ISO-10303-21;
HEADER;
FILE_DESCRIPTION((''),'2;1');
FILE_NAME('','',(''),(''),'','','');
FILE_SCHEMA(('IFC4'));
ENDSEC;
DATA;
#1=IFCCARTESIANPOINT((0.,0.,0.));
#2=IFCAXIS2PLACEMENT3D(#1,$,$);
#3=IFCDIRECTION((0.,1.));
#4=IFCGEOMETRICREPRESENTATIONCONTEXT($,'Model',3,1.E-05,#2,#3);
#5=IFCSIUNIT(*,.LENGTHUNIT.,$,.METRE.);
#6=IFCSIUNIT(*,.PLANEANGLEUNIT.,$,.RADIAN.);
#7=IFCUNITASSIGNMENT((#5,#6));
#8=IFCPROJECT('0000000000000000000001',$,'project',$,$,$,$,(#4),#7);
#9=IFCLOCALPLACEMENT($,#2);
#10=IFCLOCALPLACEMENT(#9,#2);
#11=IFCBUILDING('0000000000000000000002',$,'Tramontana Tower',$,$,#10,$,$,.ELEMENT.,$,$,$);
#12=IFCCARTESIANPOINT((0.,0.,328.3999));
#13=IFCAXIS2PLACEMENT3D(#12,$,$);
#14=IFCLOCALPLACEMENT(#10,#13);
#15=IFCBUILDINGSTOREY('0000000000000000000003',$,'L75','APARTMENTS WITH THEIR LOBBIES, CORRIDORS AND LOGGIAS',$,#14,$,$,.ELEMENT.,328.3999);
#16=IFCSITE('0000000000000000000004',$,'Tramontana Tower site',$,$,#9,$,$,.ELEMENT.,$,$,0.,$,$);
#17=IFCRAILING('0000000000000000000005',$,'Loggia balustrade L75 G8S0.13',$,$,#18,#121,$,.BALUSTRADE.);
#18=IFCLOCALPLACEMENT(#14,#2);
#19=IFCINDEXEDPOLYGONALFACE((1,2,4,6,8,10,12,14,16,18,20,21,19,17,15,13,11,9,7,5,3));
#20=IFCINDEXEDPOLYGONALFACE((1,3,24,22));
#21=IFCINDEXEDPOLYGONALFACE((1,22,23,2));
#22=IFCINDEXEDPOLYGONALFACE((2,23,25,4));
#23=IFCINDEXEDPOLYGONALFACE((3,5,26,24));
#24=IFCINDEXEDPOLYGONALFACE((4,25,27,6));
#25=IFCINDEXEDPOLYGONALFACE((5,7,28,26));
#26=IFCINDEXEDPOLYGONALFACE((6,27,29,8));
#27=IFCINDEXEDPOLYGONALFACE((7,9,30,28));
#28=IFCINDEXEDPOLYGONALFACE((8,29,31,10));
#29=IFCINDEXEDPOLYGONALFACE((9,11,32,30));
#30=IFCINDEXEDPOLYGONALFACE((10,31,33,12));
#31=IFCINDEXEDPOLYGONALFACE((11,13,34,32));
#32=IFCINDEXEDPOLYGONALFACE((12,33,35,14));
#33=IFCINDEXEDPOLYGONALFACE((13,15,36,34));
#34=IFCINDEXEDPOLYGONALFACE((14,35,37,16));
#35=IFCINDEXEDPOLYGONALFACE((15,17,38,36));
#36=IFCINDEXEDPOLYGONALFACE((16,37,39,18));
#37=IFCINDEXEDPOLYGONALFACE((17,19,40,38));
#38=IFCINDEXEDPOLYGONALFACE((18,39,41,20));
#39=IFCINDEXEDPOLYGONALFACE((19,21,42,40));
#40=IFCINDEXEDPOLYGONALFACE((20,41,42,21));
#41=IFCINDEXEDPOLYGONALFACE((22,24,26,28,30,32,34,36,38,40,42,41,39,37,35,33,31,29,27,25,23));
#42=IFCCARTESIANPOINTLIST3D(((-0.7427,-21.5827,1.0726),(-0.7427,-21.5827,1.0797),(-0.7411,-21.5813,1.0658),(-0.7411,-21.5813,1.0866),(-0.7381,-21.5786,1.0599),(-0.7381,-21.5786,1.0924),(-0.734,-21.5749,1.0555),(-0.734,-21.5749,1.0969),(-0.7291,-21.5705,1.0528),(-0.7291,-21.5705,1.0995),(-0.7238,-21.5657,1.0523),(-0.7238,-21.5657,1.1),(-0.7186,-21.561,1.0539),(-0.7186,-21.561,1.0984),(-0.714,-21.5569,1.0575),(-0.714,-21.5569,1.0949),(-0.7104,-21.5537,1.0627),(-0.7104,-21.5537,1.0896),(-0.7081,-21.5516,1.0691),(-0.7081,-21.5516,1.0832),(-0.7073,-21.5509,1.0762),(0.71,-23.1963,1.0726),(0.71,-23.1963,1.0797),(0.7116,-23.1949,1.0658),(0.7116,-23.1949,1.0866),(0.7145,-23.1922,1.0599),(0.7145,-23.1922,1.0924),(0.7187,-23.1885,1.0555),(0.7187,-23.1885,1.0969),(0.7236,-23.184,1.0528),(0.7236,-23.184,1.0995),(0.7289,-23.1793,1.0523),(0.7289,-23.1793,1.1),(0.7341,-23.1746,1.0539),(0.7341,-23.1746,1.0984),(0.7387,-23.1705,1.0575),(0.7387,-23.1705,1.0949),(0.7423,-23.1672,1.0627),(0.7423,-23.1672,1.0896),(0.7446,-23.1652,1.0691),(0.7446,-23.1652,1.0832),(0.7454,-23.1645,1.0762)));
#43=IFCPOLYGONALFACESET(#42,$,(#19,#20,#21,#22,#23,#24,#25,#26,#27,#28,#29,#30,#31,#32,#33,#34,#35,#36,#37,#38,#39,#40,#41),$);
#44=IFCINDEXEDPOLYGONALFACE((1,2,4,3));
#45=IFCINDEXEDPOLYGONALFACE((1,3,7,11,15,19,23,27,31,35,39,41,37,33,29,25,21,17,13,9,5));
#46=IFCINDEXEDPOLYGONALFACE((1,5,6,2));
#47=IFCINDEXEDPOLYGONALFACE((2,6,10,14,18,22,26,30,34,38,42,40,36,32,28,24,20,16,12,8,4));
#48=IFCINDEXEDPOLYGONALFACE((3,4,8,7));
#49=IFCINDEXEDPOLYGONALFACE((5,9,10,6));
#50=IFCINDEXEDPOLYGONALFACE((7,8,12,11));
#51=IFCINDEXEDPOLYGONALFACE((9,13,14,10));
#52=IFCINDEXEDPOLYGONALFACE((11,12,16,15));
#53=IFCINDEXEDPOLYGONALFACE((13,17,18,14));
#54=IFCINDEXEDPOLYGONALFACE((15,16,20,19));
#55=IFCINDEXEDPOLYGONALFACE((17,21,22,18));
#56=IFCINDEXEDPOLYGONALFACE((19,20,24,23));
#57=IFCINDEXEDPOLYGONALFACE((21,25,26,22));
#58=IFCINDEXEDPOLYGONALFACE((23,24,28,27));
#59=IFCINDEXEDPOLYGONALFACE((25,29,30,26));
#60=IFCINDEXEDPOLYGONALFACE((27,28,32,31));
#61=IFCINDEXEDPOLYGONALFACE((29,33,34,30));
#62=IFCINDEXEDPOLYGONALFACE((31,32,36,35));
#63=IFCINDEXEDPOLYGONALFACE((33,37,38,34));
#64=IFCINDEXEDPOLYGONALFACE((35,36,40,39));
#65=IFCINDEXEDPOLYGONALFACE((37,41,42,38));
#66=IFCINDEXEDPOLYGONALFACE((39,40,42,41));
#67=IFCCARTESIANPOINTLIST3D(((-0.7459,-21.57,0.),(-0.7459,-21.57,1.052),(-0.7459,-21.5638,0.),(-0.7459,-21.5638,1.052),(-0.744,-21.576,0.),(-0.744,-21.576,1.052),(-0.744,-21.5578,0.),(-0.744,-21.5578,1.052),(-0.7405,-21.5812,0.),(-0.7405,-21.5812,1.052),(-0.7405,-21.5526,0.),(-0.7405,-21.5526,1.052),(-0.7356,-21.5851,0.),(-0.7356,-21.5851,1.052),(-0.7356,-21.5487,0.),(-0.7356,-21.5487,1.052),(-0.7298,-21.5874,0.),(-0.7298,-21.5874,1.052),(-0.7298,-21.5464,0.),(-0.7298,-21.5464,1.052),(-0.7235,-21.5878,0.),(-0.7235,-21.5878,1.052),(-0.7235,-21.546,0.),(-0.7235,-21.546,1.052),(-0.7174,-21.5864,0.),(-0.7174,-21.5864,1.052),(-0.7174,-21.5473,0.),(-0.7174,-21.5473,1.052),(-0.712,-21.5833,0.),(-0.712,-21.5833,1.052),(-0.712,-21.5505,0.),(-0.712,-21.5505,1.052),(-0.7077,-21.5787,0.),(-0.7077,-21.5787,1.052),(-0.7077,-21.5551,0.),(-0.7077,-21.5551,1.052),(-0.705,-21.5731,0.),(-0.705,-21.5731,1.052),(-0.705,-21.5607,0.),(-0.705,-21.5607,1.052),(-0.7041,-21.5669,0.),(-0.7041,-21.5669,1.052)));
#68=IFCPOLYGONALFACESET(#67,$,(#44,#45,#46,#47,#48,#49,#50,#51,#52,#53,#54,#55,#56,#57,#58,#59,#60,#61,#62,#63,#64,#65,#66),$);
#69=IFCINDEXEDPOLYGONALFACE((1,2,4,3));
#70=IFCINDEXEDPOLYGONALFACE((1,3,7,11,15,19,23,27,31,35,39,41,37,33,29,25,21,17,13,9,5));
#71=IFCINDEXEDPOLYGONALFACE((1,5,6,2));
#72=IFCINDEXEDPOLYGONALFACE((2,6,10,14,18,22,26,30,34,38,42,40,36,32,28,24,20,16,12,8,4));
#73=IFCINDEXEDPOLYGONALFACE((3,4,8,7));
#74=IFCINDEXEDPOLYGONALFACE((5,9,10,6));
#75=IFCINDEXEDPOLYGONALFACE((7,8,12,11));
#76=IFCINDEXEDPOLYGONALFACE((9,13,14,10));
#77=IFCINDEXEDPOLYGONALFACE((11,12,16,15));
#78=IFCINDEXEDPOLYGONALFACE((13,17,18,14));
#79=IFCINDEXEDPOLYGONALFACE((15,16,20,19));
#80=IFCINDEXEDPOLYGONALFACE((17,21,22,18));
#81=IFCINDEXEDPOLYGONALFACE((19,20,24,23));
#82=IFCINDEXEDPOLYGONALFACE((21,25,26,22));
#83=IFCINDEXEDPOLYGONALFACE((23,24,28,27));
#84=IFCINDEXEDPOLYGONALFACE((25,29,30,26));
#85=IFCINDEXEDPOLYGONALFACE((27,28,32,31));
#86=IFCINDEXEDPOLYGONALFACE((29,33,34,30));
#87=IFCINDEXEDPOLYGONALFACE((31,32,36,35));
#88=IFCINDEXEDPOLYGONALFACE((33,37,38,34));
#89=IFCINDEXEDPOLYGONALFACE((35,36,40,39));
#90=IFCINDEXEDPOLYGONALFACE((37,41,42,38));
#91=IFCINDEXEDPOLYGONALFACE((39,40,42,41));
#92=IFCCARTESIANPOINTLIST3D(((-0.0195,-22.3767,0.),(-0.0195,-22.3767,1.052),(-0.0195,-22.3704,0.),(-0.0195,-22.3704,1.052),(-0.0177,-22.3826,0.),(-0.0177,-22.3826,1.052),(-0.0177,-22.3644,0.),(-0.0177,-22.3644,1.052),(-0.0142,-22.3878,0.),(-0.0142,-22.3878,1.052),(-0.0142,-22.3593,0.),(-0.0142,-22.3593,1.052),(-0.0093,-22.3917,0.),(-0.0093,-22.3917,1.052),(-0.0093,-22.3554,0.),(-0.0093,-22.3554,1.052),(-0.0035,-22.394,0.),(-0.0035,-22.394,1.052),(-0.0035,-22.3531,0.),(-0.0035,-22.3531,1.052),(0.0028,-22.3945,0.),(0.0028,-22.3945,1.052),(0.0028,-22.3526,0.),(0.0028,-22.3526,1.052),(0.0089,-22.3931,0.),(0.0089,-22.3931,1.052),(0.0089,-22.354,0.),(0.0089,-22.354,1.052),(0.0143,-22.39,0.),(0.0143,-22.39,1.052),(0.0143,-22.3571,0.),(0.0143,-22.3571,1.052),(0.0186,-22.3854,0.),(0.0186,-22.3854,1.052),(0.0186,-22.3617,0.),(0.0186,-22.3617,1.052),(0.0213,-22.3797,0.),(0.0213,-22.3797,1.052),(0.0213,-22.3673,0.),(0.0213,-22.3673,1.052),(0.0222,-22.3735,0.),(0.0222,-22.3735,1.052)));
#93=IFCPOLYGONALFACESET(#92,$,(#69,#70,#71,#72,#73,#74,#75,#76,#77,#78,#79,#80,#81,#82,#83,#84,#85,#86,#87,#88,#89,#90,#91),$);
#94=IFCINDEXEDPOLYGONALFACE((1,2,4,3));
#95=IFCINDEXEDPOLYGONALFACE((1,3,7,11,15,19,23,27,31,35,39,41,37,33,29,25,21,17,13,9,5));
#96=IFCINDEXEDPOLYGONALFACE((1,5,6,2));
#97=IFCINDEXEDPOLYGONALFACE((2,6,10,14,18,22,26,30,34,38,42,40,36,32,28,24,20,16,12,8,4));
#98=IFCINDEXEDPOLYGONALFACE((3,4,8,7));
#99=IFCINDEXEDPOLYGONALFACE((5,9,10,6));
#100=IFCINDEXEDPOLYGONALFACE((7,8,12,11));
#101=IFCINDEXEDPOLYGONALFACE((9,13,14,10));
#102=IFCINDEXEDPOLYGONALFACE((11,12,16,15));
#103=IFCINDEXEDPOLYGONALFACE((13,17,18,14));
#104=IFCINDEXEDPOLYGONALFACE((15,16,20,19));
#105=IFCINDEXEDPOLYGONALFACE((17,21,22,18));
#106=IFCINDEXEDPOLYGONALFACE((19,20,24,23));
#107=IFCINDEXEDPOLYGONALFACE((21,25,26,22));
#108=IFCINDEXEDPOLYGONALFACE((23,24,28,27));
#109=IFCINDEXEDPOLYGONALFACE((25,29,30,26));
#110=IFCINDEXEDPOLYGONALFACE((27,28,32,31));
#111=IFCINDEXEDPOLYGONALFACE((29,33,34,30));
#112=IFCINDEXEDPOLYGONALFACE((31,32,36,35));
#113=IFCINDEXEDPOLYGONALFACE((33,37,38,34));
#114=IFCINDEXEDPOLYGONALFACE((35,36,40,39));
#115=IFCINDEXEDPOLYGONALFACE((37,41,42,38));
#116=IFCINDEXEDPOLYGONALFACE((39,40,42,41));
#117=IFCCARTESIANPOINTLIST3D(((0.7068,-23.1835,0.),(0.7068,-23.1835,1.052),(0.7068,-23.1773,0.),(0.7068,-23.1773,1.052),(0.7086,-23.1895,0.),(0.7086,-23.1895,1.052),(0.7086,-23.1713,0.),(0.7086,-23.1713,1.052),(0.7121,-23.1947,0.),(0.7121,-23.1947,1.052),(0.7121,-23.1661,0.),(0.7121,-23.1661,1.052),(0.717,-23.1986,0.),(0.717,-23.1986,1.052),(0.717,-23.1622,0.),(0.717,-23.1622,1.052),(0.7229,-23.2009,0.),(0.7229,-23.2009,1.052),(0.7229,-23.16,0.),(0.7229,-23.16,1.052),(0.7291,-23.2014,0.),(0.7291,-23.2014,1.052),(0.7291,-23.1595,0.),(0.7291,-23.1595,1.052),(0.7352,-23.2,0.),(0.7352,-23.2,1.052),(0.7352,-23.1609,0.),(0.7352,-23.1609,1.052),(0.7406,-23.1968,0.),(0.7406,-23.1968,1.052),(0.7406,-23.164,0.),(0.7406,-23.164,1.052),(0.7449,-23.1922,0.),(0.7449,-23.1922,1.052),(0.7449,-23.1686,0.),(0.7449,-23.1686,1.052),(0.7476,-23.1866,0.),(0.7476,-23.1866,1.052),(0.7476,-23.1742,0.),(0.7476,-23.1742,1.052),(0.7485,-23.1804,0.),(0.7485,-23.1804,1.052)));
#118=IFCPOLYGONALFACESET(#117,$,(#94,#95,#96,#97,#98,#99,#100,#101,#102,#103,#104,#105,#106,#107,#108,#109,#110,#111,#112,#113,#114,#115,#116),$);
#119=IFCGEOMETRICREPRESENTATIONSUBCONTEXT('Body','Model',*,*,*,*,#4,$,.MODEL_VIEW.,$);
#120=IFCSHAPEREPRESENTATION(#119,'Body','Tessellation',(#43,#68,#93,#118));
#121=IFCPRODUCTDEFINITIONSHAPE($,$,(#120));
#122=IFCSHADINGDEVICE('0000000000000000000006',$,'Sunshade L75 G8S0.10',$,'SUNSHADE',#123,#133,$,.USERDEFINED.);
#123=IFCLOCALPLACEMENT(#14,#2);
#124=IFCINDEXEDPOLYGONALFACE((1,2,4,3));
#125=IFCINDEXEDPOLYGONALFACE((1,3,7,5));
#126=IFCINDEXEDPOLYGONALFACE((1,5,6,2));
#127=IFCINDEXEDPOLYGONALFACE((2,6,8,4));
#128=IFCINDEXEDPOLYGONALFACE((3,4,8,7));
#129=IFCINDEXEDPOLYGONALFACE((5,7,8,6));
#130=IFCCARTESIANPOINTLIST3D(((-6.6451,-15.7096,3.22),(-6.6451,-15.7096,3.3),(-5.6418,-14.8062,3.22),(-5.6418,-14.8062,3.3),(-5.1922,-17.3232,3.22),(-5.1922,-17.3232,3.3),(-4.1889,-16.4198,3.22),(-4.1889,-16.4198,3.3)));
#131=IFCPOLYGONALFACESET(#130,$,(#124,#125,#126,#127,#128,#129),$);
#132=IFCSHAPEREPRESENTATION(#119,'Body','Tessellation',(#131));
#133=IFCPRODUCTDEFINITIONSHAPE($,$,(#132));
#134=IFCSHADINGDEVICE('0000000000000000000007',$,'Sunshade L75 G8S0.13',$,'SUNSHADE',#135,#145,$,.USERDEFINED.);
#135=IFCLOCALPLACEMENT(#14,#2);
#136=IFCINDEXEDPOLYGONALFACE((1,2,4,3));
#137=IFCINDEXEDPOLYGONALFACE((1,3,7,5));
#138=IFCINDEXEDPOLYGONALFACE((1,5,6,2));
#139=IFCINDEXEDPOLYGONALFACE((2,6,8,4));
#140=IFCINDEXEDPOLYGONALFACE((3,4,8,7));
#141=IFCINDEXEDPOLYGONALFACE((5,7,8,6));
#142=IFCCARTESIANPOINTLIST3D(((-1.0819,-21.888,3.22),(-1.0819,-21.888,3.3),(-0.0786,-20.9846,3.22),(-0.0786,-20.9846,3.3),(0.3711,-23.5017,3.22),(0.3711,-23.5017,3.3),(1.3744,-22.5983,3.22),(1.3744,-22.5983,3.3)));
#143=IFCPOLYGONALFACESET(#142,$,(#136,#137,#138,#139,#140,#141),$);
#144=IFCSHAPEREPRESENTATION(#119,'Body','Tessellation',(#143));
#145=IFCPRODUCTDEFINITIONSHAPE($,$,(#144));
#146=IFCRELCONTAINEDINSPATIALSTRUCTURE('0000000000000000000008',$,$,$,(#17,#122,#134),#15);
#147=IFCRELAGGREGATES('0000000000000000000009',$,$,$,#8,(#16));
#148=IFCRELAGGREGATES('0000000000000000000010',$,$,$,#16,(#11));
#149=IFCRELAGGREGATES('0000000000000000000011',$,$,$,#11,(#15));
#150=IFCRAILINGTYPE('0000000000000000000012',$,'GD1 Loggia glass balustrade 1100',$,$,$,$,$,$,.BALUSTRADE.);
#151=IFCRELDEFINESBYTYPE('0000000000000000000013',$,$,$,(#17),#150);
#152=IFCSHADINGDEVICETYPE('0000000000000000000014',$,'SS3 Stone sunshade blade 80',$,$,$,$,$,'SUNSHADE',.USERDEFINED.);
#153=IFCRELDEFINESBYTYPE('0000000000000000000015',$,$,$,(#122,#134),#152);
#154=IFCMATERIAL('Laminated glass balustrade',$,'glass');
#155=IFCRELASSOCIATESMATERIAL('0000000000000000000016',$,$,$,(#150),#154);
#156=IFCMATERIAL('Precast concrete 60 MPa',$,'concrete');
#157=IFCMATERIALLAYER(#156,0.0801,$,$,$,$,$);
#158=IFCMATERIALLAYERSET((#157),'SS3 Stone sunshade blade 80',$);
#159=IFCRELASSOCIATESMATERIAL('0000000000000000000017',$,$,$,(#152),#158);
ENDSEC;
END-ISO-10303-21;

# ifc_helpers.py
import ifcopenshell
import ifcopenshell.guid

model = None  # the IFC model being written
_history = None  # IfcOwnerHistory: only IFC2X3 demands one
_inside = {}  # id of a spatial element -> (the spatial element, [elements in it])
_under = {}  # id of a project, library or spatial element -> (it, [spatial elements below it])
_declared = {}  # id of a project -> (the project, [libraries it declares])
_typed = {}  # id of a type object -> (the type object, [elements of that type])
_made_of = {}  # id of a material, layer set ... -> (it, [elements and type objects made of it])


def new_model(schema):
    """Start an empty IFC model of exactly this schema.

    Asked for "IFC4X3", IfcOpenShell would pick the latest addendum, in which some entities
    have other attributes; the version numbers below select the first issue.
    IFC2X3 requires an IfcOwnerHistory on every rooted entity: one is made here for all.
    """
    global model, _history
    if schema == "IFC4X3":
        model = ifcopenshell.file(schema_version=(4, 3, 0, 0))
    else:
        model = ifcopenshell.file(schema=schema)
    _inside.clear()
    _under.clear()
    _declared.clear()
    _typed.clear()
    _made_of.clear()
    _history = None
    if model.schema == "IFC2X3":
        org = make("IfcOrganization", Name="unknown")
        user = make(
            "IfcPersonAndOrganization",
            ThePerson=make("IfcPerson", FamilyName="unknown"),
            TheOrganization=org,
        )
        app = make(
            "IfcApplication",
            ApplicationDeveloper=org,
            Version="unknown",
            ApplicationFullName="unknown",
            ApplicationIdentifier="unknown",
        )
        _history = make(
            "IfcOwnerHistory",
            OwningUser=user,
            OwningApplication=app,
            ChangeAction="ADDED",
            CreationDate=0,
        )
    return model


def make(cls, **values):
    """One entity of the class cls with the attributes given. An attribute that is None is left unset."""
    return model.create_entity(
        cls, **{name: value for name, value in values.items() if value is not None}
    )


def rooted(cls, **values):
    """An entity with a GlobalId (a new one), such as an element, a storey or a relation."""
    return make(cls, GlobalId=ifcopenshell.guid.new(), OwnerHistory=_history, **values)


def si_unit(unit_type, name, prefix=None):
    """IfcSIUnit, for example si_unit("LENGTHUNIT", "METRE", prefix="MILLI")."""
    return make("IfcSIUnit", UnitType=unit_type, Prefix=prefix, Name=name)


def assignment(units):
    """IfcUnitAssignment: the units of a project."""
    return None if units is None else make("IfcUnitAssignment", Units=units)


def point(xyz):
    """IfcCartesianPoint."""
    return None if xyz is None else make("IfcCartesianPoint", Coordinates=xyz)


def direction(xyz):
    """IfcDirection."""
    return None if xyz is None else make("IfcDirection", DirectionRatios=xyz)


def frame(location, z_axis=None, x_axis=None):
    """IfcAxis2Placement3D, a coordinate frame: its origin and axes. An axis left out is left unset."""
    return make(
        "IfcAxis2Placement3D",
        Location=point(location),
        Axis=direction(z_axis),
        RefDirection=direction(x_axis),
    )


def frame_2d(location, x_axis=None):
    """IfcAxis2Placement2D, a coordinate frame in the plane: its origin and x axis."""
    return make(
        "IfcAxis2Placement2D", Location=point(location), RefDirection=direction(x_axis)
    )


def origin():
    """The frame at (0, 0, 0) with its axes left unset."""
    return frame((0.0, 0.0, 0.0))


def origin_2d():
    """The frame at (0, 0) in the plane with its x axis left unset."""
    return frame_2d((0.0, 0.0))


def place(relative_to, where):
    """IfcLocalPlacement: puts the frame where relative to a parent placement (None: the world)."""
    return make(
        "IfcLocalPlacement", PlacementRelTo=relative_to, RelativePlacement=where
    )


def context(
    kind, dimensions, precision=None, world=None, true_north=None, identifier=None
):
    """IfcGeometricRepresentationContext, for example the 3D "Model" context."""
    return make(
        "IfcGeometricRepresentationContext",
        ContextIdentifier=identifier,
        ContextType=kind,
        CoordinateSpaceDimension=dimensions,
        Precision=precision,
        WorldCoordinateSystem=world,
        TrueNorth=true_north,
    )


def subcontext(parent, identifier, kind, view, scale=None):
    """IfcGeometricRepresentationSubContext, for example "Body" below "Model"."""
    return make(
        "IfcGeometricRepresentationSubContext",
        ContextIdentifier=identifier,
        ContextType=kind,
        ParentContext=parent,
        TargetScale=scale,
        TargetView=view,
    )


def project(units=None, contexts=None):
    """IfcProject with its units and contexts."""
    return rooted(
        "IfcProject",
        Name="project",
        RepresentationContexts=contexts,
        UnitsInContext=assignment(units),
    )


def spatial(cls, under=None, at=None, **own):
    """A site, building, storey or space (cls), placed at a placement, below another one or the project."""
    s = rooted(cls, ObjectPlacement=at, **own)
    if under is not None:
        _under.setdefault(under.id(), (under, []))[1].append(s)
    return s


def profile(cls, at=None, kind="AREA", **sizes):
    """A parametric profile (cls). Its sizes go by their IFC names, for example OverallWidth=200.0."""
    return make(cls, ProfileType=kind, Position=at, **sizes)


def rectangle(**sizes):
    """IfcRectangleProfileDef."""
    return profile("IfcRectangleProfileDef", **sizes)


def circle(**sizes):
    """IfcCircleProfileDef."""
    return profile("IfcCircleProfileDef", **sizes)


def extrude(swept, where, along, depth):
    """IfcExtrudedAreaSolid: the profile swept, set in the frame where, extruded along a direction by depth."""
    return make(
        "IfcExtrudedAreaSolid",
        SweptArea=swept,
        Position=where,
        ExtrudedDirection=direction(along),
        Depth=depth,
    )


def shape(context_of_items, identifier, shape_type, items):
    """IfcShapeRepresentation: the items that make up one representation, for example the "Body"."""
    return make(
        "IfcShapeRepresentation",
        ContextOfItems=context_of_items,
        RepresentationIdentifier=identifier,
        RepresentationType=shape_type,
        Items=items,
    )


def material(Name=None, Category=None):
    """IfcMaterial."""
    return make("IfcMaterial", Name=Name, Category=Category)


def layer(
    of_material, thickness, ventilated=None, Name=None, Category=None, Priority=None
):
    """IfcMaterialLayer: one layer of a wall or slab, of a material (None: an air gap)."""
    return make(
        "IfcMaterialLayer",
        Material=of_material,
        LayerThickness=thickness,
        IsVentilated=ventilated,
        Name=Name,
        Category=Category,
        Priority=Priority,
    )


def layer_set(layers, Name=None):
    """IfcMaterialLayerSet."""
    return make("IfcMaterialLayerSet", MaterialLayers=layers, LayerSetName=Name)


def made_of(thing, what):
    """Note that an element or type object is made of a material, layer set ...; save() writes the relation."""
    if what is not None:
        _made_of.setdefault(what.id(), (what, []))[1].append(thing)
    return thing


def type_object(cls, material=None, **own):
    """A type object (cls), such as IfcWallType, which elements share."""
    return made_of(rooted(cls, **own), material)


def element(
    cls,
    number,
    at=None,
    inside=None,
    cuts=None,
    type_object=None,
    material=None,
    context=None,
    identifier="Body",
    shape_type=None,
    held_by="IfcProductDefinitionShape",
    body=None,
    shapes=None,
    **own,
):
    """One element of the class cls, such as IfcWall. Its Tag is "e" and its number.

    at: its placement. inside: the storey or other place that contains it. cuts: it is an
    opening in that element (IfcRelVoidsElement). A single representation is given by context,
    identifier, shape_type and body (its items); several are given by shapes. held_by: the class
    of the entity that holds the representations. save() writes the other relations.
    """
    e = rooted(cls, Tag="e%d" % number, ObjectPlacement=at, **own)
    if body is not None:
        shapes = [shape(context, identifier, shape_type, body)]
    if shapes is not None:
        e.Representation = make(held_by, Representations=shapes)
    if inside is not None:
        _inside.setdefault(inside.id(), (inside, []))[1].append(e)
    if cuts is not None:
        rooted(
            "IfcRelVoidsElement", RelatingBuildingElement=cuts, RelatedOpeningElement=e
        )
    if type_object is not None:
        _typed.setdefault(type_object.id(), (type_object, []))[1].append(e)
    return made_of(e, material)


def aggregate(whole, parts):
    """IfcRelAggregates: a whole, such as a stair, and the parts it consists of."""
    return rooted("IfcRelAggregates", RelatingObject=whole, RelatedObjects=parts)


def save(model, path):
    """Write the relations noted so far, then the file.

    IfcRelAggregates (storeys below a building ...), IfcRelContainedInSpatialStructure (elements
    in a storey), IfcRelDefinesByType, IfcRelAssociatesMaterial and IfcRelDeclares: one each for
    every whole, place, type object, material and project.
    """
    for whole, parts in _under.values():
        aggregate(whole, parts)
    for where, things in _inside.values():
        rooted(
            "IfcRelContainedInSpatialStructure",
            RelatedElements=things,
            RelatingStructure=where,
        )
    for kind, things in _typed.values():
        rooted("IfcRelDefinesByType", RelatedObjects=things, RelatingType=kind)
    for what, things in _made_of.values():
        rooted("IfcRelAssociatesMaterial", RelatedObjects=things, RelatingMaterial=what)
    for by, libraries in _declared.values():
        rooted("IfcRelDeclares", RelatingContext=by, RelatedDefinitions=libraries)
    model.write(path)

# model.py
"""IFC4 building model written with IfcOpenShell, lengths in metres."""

from ifc_helpers import new_model, si_unit, direction, frame, origin, origin_2d, place, context, subcontext, project, spatial, rectangle, circle, extrude, material, layer, layer_set, type_object, element, save


model = new_model("IFC4")

# Units and contexts
model_context = context("Model", 3, precision=1e-05, world=origin(), true_north=direction((0.0, 1.0)))
body_context = subcontext(model_context, "Body", "Model", "MODEL_VIEW")
ifc_project = project(units=[si_unit("LENGTHUNIT", "METRE"), si_unit("PLANEANGLEUNIT", "RADIAN")], contexts=[model_context])

# Site, building, storey
site_placement = place(None, origin())
site = spatial("IfcSite", under=ifc_project, at=site_placement, Name="Tramontana Tower site", CompositionType="ELEMENT", RefElevation=0.0)
building_placement = place(site_placement, origin())
building = spatial("IfcBuilding", under=site, at=building_placement, Name="Tramontana Tower", CompositionType="ELEMENT")
storey_placement = place(building_placement, frame((0.0, 0.0, 328.3999)))
storey = spatial("IfcBuildingStorey", under=building, at=storey_placement, Name="L75", Description="APARTMENTS WITH THEIR LOBBIES, CORRIDORS AND LOGGIAS", CompositionType="ELEMENT", Elevation=328.3999)

# Railing
ifc_material_1 = material(Name="Laminated glass balustrade", Category="glass")
railing_type = type_object("IfcRailingType", Name="GD1 Loggia glass balustrade 1100", PredefinedType="BALUSTRADE", material=ifc_material_1)
railing_1_placement = place(storey_placement, frame((-0.7251, -21.5669, 0.0)))
element("IfcRailing", 1, at=railing_1_placement, inside=storey, type_object=railing_type, Name="Loggia balustrade L75 G8S0.13", PredefinedType="BALUSTRADE", context=body_context, shape_type="SweptSolid", body=[
    extrude(circle(Radius=0.0239, at=origin_2d()), frame((0.0, 0.0, 1.0762), z_axis=(0.669083, -0.743188, 0.0), x_axis=(0.743188, 0.669083, 0.0)), (0.0, 0.0, 1.0), 2.1711),
    extrude(circle(Radius=0.021, at=origin_2d()), origin(), (0.0, 0.0, 1.0), 1.052),
    extrude(circle(Radius=0.021, at=origin_2d()), frame((0.7263, -0.8066, 0.0)), (0.0, 0.0, 1.0), 1.052),
    extrude(circle(Radius=0.021, at=origin_2d()), frame((1.4526, -1.6135, 0.0)), (0.0, 0.0, 1.0), 1.052),
])

# Shading devices
ifc_material_2 = material(Name="Precast concrete 60 MPa", Category="concrete")
ifc_layer_1 = layer(ifc_material_2, 0.0801)
ifc_layer_set_1 = layer_set([ifc_layer_1], Name="SS3 Stone sunshade blade 80")
shading_device_type = type_object("IfcShadingDeviceType", Name="SS3 Stone sunshade blade 80", ElementType="SUNSHADE", PredefinedType="USERDEFINED", material=ifc_layer_set_1)
for number, where, z_axis, x_axis, name in (
    (2, (-5.417, -16.0647, 3.22), (0.0, 0.0, 1.0), (0.669131, -0.743145, 0.0), "Sunshade L75 G8S0.10"),
    (3, (0.1462, -22.2432, 3.22), (0.0, 0.0, 1.0), (0.669131, -0.743145, 0.0), "Sunshade L75 G8S0.13"),
):
    element("IfcShadingDevice", number, at=place(storey_placement, frame(where, z_axis=z_axis, x_axis=x_axis)), inside=storey, type_object=shading_device_type, Name=name, ObjectType="SUNSHADE", PredefinedType="USERDEFINED", context=body_context, shape_type="SweptSolid", body=[
        extrude(rectangle(XDim=2.1714, YDim=1.3501, at=origin_2d()), origin(), (0.0, 0.0, 1.0), 0.0801),
    ])

save(model, "model.ifc")
